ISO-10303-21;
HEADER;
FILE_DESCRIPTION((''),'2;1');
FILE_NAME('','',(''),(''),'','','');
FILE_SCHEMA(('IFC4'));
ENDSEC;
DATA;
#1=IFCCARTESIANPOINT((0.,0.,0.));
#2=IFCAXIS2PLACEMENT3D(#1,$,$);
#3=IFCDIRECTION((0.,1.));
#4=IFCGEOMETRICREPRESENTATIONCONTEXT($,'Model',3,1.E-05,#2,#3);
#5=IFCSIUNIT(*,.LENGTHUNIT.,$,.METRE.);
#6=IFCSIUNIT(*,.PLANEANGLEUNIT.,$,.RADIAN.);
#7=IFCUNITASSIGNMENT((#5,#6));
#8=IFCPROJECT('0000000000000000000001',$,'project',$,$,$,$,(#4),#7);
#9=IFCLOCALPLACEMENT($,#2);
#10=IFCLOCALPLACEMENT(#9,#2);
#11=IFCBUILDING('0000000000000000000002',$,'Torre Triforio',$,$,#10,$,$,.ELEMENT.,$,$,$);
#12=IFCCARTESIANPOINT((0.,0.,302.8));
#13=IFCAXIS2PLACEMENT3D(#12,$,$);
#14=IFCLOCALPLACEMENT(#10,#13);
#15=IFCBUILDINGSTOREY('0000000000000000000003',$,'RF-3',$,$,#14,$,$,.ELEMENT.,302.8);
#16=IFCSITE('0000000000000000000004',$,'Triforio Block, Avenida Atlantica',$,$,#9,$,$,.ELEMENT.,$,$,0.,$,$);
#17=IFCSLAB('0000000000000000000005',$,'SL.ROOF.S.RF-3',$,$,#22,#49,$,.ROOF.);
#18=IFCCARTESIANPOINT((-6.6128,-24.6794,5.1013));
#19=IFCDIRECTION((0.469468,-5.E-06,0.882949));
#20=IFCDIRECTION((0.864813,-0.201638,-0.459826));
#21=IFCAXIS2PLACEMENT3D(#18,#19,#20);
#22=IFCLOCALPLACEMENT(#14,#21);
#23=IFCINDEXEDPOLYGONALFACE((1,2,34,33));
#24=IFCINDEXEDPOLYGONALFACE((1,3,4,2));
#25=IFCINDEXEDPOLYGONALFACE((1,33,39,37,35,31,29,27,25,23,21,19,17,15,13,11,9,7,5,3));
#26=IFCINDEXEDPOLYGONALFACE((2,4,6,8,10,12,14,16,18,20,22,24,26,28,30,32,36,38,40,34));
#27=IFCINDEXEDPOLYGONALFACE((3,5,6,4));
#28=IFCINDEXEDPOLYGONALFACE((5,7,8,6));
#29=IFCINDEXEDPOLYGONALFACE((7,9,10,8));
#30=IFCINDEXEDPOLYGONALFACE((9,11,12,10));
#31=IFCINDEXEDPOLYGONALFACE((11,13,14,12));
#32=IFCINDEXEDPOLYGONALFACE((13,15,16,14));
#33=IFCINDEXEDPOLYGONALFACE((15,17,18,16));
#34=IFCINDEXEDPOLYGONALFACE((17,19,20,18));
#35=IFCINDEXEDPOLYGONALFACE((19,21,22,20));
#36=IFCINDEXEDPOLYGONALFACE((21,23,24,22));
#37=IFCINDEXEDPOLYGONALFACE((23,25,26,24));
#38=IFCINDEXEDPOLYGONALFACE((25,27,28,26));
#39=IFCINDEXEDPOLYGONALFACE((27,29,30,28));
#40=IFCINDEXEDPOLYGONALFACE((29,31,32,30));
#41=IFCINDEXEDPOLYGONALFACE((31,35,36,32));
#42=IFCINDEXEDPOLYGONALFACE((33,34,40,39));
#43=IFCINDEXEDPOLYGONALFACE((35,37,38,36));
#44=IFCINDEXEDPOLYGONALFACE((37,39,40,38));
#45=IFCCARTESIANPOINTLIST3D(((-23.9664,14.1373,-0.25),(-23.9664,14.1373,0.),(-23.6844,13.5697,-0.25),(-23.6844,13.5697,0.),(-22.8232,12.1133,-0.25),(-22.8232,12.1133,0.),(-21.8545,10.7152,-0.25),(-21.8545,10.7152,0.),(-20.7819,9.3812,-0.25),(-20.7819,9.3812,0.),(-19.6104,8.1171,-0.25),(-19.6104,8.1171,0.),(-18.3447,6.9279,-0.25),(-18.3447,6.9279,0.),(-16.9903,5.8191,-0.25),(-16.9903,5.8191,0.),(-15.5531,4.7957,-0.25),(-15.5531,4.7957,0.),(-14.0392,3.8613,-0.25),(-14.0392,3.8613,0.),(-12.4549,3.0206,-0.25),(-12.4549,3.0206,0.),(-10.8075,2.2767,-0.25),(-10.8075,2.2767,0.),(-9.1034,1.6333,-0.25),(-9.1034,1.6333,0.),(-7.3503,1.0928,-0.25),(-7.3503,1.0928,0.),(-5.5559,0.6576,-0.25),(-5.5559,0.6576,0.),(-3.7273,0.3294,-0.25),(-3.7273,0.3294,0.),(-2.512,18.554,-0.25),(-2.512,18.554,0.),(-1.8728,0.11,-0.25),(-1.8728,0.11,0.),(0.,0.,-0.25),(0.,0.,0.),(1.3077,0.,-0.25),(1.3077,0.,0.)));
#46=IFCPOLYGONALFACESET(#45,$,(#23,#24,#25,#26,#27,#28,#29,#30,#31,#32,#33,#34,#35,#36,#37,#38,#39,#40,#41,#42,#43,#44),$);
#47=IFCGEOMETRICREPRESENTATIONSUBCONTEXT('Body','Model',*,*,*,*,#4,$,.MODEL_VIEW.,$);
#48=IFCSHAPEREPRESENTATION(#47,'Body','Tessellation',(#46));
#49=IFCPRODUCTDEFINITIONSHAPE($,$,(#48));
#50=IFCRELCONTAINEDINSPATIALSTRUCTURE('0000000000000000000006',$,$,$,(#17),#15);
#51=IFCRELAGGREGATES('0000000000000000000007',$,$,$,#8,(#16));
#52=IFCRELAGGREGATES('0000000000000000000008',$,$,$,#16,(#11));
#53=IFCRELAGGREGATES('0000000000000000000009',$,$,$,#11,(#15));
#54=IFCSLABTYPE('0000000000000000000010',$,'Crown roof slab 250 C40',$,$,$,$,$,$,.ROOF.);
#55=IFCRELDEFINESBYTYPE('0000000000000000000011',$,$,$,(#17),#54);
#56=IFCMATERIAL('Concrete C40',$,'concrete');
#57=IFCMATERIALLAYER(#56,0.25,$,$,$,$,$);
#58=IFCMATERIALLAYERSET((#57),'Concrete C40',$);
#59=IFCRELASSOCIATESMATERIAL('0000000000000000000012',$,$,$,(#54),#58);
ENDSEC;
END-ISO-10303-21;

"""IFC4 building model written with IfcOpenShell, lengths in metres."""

from ifc_helpers import new_model, si_unit, direction, frame, origin, place, context, subcontext, project, spatial, polyline, outline, extrude, material, layer, layer_set, type_object, element, save


model = new_model("IFC4")

# Units and contexts
model_context = context("Model", 3, precision=1e-05, world=origin(), true_north=direction((0.0, 1.0)))
body_context = subcontext(model_context, "Body", "Model", "MODEL_VIEW")
ifc_project = project(units=[si_unit("LENGTHUNIT", "METRE"), si_unit("PLANEANGLEUNIT", "RADIAN")], contexts=[model_context])

# Site, building, storey
site_placement = place(None, origin())
site = spatial("IfcSite", under=ifc_project, at=site_placement, Name="Triforio Block, Avenida Atlantica", CompositionType="ELEMENT", RefElevation=0.0)
building_placement = place(site_placement, origin())
building = spatial("IfcBuilding", under=site, at=building_placement, Name="Torre Triforio", CompositionType="ELEMENT")
storey_placement = place(building_placement, frame((0.0, 0.0, 302.8)))
storey = spatial("IfcBuildingStorey", under=building, at=storey_placement, Name="RF-3", CompositionType="ELEMENT", Elevation=302.8)

# Shared definitions
ifc_material_1 = material(Name="Concrete C40", Category="concrete")

# Slab
ifc_layer_1 = layer(ifc_material_1, 0.25)
ifc_layer_set_1 = layer_set([ifc_layer_1], Name="Concrete C40")
slab_type = type_object("IfcSlabType", Name="Crown roof slab 250 C40", PredefinedType="ROOF", material=ifc_layer_set_1)
slab_placement = place(storey_placement, frame((-6.6128, -24.6794, 5.1013), z_axis=(0.469468, -0.000005, 0.882949), x_axis=(0.864813, -0.201638, -0.459826)))
element("IfcSlab", 1, at=slab_placement, inside=storey, type_object=slab_type, Name="SL.ROOF.S.RF-3", PredefinedType="ROOF", context=body_context, shape_type="SweptSolid", body=[
    extrude(outline(polyline([(0.0, 0.0), (1.3077, 0.0), (-2.512, 18.554), (-23.9664, 14.1373), (-23.6844, 13.5697), (-22.8232, 12.1133), (-21.8545, 10.7152), (-20.7819, 9.3812), (-19.6104, 8.1171), (-18.3447, 6.9279), (-16.9903, 5.8191), (-15.5531, 4.7957), (-14.0392, 3.8613), (-12.4549, 3.0206), (-10.8075, 2.2767), (-9.1034, 1.6333), (-7.3503, 1.0928), (-5.5559, 0.6576), (-3.7273, 0.3294), (-1.8728, 0.11), (0.0, 0.0)])), origin(), (0.0, 0.0, -1.0), 0.25),
])

save(model, "model.ifc")
